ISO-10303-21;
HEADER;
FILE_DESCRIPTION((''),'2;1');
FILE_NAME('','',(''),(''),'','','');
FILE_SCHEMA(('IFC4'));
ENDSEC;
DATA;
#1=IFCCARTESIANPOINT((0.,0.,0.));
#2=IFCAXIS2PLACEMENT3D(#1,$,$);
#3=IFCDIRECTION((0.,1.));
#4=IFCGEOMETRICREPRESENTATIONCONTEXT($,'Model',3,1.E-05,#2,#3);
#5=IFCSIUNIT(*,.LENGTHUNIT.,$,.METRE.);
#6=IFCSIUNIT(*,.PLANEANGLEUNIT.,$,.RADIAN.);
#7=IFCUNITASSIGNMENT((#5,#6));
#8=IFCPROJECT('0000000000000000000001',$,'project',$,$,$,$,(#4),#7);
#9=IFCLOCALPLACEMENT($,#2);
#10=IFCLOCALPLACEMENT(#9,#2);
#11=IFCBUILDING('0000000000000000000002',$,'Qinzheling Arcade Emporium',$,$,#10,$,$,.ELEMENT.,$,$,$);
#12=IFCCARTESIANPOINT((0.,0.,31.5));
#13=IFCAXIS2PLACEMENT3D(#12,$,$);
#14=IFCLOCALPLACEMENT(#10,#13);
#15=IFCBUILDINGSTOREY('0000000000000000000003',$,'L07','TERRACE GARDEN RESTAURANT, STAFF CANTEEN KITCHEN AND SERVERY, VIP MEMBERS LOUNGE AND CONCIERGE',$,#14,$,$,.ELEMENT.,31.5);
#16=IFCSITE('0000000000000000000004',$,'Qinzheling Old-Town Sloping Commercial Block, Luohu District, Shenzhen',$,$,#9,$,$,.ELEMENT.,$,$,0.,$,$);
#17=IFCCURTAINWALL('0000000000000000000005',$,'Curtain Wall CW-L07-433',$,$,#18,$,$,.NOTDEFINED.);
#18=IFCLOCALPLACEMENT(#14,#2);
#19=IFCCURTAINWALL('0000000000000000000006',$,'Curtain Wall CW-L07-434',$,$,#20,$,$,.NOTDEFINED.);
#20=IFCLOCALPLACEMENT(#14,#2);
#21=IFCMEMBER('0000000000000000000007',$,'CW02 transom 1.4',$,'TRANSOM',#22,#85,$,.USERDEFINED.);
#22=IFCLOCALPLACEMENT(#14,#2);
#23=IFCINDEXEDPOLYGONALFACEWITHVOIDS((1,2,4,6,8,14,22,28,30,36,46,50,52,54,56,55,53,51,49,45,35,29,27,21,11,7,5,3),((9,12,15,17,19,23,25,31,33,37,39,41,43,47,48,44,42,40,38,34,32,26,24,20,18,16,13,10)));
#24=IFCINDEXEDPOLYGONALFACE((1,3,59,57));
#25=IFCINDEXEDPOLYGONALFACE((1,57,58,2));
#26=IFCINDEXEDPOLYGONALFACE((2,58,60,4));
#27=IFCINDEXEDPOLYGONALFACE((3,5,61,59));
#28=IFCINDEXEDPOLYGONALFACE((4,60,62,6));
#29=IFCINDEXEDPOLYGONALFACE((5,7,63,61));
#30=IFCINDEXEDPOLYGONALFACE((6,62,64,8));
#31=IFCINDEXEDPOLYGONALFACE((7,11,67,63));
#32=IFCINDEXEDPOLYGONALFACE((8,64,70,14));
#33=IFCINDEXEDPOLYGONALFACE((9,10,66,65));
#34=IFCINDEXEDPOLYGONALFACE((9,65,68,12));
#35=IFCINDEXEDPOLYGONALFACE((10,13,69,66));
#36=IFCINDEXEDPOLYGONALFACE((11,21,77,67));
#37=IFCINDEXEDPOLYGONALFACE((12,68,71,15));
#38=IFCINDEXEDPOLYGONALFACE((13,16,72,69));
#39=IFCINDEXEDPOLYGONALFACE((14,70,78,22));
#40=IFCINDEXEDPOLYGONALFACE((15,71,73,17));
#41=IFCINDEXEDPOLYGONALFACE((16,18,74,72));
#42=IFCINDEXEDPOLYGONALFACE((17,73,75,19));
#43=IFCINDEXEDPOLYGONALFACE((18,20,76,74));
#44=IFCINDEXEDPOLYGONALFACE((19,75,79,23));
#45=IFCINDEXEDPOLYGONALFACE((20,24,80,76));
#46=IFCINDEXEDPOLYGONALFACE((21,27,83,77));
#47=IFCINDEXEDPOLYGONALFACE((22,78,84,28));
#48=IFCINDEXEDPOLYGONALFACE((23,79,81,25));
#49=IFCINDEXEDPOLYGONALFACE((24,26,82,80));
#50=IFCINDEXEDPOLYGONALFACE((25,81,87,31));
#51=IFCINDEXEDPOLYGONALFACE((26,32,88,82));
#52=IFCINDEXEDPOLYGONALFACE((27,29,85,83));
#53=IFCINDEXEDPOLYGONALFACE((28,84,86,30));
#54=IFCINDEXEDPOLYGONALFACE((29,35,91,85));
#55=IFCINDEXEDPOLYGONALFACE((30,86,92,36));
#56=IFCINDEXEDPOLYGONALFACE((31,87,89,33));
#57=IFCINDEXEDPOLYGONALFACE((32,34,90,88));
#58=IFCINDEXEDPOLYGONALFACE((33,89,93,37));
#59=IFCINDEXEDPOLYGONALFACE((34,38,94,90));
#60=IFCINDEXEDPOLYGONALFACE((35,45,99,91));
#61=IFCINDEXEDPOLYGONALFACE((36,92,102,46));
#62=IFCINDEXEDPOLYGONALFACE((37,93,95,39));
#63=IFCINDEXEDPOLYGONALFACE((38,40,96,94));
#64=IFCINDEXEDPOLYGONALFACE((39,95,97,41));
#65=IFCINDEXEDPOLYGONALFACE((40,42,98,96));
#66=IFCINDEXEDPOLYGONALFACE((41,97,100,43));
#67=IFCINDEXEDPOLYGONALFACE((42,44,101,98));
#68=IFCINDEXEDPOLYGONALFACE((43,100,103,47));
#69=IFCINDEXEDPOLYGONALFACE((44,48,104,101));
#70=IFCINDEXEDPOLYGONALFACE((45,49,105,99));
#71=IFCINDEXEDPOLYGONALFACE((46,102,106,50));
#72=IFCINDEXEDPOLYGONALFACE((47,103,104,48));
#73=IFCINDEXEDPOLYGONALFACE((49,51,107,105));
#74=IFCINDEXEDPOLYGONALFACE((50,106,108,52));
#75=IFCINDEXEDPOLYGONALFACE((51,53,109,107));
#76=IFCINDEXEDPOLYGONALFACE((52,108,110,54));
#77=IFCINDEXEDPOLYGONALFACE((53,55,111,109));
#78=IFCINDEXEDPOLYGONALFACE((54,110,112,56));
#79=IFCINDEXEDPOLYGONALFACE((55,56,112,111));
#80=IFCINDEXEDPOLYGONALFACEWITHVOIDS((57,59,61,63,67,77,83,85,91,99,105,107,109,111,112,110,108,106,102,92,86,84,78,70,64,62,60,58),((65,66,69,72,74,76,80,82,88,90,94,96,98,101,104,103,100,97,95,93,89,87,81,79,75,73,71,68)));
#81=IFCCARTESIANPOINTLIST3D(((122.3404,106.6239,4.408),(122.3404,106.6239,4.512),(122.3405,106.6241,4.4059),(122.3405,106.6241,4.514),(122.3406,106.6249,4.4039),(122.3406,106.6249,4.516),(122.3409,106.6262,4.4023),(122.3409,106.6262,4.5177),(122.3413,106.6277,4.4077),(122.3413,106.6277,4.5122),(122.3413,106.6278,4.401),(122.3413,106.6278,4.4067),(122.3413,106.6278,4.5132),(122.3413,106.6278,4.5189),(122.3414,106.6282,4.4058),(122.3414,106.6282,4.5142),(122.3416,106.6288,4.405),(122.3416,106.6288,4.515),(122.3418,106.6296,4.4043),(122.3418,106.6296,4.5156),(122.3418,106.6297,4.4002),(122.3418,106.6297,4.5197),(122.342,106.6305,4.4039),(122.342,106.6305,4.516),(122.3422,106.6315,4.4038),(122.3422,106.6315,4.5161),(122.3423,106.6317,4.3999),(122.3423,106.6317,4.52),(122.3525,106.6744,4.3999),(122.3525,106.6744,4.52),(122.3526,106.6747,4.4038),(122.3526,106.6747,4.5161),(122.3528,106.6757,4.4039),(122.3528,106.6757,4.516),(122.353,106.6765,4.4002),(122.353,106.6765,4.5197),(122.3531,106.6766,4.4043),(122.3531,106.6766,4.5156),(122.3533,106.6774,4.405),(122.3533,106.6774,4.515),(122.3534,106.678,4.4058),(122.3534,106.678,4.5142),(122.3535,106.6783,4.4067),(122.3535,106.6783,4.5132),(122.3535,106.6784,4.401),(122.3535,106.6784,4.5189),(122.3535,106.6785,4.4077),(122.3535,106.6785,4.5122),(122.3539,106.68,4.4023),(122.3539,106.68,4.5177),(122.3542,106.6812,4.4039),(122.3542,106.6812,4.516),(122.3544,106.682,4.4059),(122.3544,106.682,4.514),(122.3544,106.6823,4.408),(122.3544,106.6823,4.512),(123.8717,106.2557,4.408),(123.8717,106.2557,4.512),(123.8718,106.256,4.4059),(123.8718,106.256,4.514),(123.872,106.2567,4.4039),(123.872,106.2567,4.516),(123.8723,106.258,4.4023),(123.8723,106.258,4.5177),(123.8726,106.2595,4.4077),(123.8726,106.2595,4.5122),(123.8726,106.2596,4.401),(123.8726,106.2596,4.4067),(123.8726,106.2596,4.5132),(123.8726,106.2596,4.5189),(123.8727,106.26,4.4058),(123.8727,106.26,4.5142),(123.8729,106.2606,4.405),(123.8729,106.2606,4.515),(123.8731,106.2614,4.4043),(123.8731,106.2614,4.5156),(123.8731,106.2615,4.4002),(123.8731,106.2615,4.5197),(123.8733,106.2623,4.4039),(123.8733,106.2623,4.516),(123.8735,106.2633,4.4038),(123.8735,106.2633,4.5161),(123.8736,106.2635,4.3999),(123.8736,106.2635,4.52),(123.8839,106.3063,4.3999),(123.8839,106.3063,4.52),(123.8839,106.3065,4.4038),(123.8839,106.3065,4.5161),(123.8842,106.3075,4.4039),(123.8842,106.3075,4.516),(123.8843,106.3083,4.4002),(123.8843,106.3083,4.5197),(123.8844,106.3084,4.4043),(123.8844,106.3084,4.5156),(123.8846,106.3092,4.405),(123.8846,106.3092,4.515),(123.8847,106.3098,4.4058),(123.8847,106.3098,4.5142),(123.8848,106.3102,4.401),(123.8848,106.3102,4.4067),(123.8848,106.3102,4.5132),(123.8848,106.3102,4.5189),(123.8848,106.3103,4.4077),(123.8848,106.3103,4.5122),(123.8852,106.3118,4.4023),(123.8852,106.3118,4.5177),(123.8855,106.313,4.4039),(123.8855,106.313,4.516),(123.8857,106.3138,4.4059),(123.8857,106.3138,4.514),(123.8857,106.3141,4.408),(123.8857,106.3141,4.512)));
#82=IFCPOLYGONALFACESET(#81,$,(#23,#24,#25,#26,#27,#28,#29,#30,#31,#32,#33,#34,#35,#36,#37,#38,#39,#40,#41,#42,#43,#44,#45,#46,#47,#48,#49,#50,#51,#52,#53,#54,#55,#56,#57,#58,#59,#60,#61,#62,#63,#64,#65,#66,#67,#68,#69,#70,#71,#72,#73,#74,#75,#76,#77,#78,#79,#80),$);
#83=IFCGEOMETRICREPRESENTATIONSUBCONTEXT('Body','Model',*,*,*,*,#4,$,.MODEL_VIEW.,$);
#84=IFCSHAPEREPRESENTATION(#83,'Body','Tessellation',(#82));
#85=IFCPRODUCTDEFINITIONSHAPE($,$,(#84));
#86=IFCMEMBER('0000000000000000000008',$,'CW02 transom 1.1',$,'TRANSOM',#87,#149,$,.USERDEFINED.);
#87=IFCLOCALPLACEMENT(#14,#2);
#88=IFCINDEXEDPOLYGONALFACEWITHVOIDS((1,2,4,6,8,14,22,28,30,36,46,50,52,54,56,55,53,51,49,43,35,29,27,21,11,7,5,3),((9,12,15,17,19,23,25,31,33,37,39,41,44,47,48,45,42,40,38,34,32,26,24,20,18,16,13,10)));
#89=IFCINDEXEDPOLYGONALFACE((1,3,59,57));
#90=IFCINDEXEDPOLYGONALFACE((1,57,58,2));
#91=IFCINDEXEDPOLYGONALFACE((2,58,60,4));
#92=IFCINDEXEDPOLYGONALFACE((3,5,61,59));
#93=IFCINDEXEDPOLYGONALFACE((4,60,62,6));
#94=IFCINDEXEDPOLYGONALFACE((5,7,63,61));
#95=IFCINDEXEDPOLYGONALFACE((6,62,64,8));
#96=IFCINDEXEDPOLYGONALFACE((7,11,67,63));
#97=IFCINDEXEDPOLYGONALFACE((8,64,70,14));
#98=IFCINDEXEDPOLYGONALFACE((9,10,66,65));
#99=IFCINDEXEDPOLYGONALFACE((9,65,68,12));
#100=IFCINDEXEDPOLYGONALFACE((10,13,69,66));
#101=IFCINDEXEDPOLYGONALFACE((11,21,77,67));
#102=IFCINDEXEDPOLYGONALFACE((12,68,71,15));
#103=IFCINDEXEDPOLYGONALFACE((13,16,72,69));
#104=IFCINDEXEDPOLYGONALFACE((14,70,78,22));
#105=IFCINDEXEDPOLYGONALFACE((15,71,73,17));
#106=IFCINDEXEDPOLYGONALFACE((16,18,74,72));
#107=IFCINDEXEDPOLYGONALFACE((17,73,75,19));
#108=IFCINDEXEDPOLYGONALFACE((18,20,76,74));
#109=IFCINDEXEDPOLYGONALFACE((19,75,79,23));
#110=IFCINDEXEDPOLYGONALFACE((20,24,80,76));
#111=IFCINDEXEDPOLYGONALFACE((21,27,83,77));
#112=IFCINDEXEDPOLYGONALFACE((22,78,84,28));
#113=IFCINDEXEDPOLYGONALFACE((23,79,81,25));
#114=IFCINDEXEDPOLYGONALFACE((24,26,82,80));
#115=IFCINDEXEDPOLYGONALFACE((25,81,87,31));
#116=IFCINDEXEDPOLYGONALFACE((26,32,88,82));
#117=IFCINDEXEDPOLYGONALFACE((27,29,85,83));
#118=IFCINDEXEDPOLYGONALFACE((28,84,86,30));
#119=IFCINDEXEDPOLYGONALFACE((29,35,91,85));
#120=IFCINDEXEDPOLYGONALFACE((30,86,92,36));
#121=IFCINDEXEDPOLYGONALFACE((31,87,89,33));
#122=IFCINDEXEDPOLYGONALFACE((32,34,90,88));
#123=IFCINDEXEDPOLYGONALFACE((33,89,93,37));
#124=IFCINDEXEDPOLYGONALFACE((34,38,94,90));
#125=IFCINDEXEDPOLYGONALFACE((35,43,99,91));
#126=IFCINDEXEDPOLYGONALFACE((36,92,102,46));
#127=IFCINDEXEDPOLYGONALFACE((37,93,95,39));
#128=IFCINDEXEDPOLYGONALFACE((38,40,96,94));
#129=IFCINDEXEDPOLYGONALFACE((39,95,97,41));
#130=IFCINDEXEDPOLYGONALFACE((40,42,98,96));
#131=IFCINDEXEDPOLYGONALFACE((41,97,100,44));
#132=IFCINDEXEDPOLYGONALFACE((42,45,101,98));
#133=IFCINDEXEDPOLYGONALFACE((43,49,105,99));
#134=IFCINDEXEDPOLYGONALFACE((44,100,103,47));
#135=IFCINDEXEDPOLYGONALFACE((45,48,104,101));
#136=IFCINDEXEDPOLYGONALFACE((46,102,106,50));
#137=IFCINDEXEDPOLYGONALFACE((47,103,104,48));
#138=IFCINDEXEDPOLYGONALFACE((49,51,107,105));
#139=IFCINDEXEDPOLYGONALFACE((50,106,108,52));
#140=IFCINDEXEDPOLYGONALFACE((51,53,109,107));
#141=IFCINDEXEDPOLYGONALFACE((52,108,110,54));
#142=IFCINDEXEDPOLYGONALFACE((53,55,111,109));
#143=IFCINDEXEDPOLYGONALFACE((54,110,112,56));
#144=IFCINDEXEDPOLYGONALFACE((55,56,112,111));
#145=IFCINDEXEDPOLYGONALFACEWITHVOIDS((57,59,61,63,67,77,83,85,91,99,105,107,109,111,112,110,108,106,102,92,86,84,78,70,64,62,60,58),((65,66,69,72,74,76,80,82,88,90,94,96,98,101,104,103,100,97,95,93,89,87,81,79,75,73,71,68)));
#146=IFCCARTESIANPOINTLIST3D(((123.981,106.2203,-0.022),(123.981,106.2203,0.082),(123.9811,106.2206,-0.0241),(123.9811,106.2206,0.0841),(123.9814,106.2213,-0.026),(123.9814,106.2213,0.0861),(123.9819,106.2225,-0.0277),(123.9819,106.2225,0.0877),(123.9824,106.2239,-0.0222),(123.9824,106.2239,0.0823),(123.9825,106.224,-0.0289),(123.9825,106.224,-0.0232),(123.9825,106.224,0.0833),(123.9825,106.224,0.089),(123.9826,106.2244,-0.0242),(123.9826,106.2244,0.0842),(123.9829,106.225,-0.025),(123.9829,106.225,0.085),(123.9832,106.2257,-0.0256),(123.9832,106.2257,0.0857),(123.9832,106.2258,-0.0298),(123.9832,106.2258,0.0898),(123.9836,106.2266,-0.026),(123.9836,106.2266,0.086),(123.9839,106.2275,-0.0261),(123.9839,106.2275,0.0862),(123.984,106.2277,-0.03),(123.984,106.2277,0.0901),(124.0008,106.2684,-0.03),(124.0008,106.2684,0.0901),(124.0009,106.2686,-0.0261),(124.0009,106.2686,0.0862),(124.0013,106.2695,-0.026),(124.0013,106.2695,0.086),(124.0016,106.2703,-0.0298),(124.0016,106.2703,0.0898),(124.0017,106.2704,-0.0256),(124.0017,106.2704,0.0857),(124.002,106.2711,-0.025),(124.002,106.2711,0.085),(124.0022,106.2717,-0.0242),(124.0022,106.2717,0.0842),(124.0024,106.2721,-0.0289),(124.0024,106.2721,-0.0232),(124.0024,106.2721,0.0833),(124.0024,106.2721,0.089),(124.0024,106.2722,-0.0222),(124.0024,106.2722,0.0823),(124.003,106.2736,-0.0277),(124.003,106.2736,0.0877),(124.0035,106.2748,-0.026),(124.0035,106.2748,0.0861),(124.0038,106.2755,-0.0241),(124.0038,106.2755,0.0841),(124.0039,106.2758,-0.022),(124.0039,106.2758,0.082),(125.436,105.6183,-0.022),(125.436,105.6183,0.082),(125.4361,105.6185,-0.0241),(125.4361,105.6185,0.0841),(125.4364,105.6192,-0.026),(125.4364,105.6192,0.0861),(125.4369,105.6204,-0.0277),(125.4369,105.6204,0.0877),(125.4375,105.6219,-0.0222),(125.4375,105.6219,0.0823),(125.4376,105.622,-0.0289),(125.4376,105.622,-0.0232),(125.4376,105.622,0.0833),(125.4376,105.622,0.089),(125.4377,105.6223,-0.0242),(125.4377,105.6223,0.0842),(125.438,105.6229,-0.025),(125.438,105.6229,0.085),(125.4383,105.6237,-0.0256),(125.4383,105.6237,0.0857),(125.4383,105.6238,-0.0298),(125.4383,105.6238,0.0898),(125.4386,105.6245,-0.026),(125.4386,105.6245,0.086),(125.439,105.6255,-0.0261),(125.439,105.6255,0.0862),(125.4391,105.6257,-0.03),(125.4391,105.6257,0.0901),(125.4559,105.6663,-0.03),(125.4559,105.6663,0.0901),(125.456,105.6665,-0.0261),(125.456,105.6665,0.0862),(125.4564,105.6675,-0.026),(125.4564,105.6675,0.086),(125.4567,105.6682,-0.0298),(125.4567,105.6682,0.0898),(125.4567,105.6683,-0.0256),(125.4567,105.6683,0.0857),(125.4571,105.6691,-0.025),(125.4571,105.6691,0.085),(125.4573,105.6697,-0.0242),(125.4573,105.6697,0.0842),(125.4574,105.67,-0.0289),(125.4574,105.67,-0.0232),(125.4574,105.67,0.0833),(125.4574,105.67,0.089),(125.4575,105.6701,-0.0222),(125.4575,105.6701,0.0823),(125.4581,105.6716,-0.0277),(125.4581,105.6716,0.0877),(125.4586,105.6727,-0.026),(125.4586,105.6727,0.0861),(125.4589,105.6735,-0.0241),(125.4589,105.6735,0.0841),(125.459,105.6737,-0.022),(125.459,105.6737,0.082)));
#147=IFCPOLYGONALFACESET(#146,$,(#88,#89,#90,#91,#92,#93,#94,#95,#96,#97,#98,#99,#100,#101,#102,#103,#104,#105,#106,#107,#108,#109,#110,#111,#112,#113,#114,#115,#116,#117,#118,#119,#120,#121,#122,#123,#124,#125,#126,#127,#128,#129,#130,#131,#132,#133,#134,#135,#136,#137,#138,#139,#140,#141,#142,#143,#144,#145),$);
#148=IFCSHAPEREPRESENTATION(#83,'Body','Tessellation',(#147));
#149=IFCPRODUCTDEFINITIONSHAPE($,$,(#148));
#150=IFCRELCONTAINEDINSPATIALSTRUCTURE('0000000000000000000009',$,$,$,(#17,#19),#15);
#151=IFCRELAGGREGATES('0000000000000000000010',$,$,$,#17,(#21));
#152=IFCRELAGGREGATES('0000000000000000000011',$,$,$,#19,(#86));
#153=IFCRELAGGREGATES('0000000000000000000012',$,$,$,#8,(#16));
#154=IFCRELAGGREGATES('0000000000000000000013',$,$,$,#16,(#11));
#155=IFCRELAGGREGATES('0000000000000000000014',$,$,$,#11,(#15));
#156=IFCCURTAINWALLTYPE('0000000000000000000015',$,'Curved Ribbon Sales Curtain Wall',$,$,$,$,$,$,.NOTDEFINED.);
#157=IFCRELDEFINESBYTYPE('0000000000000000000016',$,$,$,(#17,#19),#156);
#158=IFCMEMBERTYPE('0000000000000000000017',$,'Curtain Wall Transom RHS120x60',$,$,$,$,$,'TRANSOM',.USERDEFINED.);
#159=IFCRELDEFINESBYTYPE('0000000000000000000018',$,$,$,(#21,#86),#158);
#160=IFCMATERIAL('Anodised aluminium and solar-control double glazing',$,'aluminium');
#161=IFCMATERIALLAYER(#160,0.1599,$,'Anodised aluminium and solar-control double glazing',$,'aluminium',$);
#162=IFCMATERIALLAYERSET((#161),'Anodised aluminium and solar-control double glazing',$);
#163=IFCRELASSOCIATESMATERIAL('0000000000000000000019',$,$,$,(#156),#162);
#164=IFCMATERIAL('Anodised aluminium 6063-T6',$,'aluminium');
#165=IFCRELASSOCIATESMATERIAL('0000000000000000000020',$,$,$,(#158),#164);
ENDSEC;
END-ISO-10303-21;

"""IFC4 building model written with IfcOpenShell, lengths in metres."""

from ifc_helpers import new_model, si_unit, direction, frame, origin, origin_2d, place, context, subcontext, project, spatial, hollow_rectangle, extrude, material, layer, layer_set, material_profile, profile_set, type_object, element, aggregate, save


model = new_model("IFC4")

# Units and contexts
model_context = context("Model", 3, precision=1e-05, world=origin(), true_north=direction((0.0, 1.0)))
body_context = subcontext(model_context, "Body", "Model", "MODEL_VIEW")
ifc_project = project(units=[si_unit("LENGTHUNIT", "METRE"), si_unit("PLANEANGLEUNIT", "RADIAN")], contexts=[model_context])

# Site, building, storey
site_placement = place(None, origin())
site = spatial("IfcSite", under=ifc_project, at=site_placement, Name="Qinzheling Old-Town Sloping Commercial Block, Luohu District, Shenzhen", CompositionType="ELEMENT", RefElevation=0.0)
building_placement = place(site_placement, origin())
building = spatial("IfcBuilding", under=site, at=building_placement, Name="Qinzheling Arcade Emporium", CompositionType="ELEMENT")
storey_placement = place(building_placement, frame((0.0, 0.0, 31.5)))
storey = spatial("IfcBuildingStorey", under=building, at=storey_placement, Name="L07", Description="TERRACE GARDEN RESTAURANT, STAFF CANTEEN KITCHEN AND SERVERY, VIP MEMBERS LOUNGE AND CONCIERGE", CompositionType="ELEMENT", Elevation=31.5)

# Curtain wall
ifc_material_1 = material(Name="Anodised aluminium and solar-control double glazing", Category="aluminium")
ifc_layer_1 = layer(ifc_material_1, 0.1599, Name="Anodised aluminium and solar-control double glazing", Category="aluminium")
ifc_layer_set_1 = layer_set([ifc_layer_1], Name="Anodised aluminium and solar-control double glazing")
curtain_wall_type = type_object("IfcCurtainWallType", Name="Curved Ribbon Sales Curtain Wall", PredefinedType="NOTDEFINED", material=ifc_layer_set_1)
curtain_wall_1_placement = place(storey_placement, origin())
curtain_wall_1 = element("IfcCurtainWall", 1, at=curtain_wall_1_placement, inside=storey, type_object=curtain_wall_type, Name="Curtain Wall CW-L07-433", PredefinedType="NOTDEFINED")
ifc_material_2 = material(Name="Anodised aluminium 6063-T6", Category="aluminium")

# Curtain wall
curtain_wall_2_placement = place(storey_placement, origin())
curtain_wall_2 = element("IfcCurtainWall", 2, at=curtain_wall_2_placement, inside=storey, type_object=curtain_wall_type, Name="Curtain Wall CW-L07-434", PredefinedType="NOTDEFINED")

# Members
ifc_material_profile_1 = material_profile(ifc_material_2, hollow_rectangle(XDim=0.0601, YDim=0.1201, WallThickness=0.0039, InnerFilletRadius=0.0039, OuterFilletRadius=0.0081, at=origin_2d()), Name="RHS 120x60x4", Category="aluminium")
ifc_profile_set_1 = profile_set([ifc_material_profile_1], Name="Anodised aluminium 6063-T6")
member_type_1 = type_object("IfcMemberType", Name="Curtain Wall Transom RHS120x60", ElementType="TRANSOM", PredefinedType="USERDEFINED", material=ifc_profile_set_1)
member_1_placement = place(storey_placement, frame((122.3474, 106.6531, 4.46), z_axis=(0.972292, -0.233772, 0.0), x_axis=(0.233772, 0.972292, 0.0)))
member_1 = element("IfcMember", 3, at=member_1_placement, type_object=member_type_1, Name="CW02 transom 1.4", ObjectType="TRANSOM", PredefinedType="USERDEFINED", context=body_context, shape_type="SweptSolid", body=[
    extrude(hollow_rectangle(XDim=0.0601, YDim=0.1201, WallThickness=0.0039, InnerFilletRadius=0.0039, OuterFilletRadius=0.0081, at=origin_2d()), origin(), (0.0, 0.0, 1.0), 1.575),
])
member_2_placement = place(storey_placement, frame((123.9924, 106.248, 0.03), z_axis=(0.924028, -0.382324, 0.0), x_axis=(0.382324, 0.924028, 0.0)))
member_2 = element("IfcMember", 4, at=member_2_placement, type_object=member_type_1, Name="CW02 transom 1.1", ObjectType="TRANSOM", PredefinedType="USERDEFINED", context=body_context, shape_type="SweptSolid", body=[
    extrude(hollow_rectangle(XDim=0.0601, YDim=0.1201, WallThickness=0.0039, InnerFilletRadius=0.0039, OuterFilletRadius=0.0081, at=origin_2d()), origin(), (0.0, 0.0, 1.0), 1.5747),
])

aggregate(curtain_wall_1, [member_1])
aggregate(curtain_wall_2, [member_2])

save(model, "model.ifc")
